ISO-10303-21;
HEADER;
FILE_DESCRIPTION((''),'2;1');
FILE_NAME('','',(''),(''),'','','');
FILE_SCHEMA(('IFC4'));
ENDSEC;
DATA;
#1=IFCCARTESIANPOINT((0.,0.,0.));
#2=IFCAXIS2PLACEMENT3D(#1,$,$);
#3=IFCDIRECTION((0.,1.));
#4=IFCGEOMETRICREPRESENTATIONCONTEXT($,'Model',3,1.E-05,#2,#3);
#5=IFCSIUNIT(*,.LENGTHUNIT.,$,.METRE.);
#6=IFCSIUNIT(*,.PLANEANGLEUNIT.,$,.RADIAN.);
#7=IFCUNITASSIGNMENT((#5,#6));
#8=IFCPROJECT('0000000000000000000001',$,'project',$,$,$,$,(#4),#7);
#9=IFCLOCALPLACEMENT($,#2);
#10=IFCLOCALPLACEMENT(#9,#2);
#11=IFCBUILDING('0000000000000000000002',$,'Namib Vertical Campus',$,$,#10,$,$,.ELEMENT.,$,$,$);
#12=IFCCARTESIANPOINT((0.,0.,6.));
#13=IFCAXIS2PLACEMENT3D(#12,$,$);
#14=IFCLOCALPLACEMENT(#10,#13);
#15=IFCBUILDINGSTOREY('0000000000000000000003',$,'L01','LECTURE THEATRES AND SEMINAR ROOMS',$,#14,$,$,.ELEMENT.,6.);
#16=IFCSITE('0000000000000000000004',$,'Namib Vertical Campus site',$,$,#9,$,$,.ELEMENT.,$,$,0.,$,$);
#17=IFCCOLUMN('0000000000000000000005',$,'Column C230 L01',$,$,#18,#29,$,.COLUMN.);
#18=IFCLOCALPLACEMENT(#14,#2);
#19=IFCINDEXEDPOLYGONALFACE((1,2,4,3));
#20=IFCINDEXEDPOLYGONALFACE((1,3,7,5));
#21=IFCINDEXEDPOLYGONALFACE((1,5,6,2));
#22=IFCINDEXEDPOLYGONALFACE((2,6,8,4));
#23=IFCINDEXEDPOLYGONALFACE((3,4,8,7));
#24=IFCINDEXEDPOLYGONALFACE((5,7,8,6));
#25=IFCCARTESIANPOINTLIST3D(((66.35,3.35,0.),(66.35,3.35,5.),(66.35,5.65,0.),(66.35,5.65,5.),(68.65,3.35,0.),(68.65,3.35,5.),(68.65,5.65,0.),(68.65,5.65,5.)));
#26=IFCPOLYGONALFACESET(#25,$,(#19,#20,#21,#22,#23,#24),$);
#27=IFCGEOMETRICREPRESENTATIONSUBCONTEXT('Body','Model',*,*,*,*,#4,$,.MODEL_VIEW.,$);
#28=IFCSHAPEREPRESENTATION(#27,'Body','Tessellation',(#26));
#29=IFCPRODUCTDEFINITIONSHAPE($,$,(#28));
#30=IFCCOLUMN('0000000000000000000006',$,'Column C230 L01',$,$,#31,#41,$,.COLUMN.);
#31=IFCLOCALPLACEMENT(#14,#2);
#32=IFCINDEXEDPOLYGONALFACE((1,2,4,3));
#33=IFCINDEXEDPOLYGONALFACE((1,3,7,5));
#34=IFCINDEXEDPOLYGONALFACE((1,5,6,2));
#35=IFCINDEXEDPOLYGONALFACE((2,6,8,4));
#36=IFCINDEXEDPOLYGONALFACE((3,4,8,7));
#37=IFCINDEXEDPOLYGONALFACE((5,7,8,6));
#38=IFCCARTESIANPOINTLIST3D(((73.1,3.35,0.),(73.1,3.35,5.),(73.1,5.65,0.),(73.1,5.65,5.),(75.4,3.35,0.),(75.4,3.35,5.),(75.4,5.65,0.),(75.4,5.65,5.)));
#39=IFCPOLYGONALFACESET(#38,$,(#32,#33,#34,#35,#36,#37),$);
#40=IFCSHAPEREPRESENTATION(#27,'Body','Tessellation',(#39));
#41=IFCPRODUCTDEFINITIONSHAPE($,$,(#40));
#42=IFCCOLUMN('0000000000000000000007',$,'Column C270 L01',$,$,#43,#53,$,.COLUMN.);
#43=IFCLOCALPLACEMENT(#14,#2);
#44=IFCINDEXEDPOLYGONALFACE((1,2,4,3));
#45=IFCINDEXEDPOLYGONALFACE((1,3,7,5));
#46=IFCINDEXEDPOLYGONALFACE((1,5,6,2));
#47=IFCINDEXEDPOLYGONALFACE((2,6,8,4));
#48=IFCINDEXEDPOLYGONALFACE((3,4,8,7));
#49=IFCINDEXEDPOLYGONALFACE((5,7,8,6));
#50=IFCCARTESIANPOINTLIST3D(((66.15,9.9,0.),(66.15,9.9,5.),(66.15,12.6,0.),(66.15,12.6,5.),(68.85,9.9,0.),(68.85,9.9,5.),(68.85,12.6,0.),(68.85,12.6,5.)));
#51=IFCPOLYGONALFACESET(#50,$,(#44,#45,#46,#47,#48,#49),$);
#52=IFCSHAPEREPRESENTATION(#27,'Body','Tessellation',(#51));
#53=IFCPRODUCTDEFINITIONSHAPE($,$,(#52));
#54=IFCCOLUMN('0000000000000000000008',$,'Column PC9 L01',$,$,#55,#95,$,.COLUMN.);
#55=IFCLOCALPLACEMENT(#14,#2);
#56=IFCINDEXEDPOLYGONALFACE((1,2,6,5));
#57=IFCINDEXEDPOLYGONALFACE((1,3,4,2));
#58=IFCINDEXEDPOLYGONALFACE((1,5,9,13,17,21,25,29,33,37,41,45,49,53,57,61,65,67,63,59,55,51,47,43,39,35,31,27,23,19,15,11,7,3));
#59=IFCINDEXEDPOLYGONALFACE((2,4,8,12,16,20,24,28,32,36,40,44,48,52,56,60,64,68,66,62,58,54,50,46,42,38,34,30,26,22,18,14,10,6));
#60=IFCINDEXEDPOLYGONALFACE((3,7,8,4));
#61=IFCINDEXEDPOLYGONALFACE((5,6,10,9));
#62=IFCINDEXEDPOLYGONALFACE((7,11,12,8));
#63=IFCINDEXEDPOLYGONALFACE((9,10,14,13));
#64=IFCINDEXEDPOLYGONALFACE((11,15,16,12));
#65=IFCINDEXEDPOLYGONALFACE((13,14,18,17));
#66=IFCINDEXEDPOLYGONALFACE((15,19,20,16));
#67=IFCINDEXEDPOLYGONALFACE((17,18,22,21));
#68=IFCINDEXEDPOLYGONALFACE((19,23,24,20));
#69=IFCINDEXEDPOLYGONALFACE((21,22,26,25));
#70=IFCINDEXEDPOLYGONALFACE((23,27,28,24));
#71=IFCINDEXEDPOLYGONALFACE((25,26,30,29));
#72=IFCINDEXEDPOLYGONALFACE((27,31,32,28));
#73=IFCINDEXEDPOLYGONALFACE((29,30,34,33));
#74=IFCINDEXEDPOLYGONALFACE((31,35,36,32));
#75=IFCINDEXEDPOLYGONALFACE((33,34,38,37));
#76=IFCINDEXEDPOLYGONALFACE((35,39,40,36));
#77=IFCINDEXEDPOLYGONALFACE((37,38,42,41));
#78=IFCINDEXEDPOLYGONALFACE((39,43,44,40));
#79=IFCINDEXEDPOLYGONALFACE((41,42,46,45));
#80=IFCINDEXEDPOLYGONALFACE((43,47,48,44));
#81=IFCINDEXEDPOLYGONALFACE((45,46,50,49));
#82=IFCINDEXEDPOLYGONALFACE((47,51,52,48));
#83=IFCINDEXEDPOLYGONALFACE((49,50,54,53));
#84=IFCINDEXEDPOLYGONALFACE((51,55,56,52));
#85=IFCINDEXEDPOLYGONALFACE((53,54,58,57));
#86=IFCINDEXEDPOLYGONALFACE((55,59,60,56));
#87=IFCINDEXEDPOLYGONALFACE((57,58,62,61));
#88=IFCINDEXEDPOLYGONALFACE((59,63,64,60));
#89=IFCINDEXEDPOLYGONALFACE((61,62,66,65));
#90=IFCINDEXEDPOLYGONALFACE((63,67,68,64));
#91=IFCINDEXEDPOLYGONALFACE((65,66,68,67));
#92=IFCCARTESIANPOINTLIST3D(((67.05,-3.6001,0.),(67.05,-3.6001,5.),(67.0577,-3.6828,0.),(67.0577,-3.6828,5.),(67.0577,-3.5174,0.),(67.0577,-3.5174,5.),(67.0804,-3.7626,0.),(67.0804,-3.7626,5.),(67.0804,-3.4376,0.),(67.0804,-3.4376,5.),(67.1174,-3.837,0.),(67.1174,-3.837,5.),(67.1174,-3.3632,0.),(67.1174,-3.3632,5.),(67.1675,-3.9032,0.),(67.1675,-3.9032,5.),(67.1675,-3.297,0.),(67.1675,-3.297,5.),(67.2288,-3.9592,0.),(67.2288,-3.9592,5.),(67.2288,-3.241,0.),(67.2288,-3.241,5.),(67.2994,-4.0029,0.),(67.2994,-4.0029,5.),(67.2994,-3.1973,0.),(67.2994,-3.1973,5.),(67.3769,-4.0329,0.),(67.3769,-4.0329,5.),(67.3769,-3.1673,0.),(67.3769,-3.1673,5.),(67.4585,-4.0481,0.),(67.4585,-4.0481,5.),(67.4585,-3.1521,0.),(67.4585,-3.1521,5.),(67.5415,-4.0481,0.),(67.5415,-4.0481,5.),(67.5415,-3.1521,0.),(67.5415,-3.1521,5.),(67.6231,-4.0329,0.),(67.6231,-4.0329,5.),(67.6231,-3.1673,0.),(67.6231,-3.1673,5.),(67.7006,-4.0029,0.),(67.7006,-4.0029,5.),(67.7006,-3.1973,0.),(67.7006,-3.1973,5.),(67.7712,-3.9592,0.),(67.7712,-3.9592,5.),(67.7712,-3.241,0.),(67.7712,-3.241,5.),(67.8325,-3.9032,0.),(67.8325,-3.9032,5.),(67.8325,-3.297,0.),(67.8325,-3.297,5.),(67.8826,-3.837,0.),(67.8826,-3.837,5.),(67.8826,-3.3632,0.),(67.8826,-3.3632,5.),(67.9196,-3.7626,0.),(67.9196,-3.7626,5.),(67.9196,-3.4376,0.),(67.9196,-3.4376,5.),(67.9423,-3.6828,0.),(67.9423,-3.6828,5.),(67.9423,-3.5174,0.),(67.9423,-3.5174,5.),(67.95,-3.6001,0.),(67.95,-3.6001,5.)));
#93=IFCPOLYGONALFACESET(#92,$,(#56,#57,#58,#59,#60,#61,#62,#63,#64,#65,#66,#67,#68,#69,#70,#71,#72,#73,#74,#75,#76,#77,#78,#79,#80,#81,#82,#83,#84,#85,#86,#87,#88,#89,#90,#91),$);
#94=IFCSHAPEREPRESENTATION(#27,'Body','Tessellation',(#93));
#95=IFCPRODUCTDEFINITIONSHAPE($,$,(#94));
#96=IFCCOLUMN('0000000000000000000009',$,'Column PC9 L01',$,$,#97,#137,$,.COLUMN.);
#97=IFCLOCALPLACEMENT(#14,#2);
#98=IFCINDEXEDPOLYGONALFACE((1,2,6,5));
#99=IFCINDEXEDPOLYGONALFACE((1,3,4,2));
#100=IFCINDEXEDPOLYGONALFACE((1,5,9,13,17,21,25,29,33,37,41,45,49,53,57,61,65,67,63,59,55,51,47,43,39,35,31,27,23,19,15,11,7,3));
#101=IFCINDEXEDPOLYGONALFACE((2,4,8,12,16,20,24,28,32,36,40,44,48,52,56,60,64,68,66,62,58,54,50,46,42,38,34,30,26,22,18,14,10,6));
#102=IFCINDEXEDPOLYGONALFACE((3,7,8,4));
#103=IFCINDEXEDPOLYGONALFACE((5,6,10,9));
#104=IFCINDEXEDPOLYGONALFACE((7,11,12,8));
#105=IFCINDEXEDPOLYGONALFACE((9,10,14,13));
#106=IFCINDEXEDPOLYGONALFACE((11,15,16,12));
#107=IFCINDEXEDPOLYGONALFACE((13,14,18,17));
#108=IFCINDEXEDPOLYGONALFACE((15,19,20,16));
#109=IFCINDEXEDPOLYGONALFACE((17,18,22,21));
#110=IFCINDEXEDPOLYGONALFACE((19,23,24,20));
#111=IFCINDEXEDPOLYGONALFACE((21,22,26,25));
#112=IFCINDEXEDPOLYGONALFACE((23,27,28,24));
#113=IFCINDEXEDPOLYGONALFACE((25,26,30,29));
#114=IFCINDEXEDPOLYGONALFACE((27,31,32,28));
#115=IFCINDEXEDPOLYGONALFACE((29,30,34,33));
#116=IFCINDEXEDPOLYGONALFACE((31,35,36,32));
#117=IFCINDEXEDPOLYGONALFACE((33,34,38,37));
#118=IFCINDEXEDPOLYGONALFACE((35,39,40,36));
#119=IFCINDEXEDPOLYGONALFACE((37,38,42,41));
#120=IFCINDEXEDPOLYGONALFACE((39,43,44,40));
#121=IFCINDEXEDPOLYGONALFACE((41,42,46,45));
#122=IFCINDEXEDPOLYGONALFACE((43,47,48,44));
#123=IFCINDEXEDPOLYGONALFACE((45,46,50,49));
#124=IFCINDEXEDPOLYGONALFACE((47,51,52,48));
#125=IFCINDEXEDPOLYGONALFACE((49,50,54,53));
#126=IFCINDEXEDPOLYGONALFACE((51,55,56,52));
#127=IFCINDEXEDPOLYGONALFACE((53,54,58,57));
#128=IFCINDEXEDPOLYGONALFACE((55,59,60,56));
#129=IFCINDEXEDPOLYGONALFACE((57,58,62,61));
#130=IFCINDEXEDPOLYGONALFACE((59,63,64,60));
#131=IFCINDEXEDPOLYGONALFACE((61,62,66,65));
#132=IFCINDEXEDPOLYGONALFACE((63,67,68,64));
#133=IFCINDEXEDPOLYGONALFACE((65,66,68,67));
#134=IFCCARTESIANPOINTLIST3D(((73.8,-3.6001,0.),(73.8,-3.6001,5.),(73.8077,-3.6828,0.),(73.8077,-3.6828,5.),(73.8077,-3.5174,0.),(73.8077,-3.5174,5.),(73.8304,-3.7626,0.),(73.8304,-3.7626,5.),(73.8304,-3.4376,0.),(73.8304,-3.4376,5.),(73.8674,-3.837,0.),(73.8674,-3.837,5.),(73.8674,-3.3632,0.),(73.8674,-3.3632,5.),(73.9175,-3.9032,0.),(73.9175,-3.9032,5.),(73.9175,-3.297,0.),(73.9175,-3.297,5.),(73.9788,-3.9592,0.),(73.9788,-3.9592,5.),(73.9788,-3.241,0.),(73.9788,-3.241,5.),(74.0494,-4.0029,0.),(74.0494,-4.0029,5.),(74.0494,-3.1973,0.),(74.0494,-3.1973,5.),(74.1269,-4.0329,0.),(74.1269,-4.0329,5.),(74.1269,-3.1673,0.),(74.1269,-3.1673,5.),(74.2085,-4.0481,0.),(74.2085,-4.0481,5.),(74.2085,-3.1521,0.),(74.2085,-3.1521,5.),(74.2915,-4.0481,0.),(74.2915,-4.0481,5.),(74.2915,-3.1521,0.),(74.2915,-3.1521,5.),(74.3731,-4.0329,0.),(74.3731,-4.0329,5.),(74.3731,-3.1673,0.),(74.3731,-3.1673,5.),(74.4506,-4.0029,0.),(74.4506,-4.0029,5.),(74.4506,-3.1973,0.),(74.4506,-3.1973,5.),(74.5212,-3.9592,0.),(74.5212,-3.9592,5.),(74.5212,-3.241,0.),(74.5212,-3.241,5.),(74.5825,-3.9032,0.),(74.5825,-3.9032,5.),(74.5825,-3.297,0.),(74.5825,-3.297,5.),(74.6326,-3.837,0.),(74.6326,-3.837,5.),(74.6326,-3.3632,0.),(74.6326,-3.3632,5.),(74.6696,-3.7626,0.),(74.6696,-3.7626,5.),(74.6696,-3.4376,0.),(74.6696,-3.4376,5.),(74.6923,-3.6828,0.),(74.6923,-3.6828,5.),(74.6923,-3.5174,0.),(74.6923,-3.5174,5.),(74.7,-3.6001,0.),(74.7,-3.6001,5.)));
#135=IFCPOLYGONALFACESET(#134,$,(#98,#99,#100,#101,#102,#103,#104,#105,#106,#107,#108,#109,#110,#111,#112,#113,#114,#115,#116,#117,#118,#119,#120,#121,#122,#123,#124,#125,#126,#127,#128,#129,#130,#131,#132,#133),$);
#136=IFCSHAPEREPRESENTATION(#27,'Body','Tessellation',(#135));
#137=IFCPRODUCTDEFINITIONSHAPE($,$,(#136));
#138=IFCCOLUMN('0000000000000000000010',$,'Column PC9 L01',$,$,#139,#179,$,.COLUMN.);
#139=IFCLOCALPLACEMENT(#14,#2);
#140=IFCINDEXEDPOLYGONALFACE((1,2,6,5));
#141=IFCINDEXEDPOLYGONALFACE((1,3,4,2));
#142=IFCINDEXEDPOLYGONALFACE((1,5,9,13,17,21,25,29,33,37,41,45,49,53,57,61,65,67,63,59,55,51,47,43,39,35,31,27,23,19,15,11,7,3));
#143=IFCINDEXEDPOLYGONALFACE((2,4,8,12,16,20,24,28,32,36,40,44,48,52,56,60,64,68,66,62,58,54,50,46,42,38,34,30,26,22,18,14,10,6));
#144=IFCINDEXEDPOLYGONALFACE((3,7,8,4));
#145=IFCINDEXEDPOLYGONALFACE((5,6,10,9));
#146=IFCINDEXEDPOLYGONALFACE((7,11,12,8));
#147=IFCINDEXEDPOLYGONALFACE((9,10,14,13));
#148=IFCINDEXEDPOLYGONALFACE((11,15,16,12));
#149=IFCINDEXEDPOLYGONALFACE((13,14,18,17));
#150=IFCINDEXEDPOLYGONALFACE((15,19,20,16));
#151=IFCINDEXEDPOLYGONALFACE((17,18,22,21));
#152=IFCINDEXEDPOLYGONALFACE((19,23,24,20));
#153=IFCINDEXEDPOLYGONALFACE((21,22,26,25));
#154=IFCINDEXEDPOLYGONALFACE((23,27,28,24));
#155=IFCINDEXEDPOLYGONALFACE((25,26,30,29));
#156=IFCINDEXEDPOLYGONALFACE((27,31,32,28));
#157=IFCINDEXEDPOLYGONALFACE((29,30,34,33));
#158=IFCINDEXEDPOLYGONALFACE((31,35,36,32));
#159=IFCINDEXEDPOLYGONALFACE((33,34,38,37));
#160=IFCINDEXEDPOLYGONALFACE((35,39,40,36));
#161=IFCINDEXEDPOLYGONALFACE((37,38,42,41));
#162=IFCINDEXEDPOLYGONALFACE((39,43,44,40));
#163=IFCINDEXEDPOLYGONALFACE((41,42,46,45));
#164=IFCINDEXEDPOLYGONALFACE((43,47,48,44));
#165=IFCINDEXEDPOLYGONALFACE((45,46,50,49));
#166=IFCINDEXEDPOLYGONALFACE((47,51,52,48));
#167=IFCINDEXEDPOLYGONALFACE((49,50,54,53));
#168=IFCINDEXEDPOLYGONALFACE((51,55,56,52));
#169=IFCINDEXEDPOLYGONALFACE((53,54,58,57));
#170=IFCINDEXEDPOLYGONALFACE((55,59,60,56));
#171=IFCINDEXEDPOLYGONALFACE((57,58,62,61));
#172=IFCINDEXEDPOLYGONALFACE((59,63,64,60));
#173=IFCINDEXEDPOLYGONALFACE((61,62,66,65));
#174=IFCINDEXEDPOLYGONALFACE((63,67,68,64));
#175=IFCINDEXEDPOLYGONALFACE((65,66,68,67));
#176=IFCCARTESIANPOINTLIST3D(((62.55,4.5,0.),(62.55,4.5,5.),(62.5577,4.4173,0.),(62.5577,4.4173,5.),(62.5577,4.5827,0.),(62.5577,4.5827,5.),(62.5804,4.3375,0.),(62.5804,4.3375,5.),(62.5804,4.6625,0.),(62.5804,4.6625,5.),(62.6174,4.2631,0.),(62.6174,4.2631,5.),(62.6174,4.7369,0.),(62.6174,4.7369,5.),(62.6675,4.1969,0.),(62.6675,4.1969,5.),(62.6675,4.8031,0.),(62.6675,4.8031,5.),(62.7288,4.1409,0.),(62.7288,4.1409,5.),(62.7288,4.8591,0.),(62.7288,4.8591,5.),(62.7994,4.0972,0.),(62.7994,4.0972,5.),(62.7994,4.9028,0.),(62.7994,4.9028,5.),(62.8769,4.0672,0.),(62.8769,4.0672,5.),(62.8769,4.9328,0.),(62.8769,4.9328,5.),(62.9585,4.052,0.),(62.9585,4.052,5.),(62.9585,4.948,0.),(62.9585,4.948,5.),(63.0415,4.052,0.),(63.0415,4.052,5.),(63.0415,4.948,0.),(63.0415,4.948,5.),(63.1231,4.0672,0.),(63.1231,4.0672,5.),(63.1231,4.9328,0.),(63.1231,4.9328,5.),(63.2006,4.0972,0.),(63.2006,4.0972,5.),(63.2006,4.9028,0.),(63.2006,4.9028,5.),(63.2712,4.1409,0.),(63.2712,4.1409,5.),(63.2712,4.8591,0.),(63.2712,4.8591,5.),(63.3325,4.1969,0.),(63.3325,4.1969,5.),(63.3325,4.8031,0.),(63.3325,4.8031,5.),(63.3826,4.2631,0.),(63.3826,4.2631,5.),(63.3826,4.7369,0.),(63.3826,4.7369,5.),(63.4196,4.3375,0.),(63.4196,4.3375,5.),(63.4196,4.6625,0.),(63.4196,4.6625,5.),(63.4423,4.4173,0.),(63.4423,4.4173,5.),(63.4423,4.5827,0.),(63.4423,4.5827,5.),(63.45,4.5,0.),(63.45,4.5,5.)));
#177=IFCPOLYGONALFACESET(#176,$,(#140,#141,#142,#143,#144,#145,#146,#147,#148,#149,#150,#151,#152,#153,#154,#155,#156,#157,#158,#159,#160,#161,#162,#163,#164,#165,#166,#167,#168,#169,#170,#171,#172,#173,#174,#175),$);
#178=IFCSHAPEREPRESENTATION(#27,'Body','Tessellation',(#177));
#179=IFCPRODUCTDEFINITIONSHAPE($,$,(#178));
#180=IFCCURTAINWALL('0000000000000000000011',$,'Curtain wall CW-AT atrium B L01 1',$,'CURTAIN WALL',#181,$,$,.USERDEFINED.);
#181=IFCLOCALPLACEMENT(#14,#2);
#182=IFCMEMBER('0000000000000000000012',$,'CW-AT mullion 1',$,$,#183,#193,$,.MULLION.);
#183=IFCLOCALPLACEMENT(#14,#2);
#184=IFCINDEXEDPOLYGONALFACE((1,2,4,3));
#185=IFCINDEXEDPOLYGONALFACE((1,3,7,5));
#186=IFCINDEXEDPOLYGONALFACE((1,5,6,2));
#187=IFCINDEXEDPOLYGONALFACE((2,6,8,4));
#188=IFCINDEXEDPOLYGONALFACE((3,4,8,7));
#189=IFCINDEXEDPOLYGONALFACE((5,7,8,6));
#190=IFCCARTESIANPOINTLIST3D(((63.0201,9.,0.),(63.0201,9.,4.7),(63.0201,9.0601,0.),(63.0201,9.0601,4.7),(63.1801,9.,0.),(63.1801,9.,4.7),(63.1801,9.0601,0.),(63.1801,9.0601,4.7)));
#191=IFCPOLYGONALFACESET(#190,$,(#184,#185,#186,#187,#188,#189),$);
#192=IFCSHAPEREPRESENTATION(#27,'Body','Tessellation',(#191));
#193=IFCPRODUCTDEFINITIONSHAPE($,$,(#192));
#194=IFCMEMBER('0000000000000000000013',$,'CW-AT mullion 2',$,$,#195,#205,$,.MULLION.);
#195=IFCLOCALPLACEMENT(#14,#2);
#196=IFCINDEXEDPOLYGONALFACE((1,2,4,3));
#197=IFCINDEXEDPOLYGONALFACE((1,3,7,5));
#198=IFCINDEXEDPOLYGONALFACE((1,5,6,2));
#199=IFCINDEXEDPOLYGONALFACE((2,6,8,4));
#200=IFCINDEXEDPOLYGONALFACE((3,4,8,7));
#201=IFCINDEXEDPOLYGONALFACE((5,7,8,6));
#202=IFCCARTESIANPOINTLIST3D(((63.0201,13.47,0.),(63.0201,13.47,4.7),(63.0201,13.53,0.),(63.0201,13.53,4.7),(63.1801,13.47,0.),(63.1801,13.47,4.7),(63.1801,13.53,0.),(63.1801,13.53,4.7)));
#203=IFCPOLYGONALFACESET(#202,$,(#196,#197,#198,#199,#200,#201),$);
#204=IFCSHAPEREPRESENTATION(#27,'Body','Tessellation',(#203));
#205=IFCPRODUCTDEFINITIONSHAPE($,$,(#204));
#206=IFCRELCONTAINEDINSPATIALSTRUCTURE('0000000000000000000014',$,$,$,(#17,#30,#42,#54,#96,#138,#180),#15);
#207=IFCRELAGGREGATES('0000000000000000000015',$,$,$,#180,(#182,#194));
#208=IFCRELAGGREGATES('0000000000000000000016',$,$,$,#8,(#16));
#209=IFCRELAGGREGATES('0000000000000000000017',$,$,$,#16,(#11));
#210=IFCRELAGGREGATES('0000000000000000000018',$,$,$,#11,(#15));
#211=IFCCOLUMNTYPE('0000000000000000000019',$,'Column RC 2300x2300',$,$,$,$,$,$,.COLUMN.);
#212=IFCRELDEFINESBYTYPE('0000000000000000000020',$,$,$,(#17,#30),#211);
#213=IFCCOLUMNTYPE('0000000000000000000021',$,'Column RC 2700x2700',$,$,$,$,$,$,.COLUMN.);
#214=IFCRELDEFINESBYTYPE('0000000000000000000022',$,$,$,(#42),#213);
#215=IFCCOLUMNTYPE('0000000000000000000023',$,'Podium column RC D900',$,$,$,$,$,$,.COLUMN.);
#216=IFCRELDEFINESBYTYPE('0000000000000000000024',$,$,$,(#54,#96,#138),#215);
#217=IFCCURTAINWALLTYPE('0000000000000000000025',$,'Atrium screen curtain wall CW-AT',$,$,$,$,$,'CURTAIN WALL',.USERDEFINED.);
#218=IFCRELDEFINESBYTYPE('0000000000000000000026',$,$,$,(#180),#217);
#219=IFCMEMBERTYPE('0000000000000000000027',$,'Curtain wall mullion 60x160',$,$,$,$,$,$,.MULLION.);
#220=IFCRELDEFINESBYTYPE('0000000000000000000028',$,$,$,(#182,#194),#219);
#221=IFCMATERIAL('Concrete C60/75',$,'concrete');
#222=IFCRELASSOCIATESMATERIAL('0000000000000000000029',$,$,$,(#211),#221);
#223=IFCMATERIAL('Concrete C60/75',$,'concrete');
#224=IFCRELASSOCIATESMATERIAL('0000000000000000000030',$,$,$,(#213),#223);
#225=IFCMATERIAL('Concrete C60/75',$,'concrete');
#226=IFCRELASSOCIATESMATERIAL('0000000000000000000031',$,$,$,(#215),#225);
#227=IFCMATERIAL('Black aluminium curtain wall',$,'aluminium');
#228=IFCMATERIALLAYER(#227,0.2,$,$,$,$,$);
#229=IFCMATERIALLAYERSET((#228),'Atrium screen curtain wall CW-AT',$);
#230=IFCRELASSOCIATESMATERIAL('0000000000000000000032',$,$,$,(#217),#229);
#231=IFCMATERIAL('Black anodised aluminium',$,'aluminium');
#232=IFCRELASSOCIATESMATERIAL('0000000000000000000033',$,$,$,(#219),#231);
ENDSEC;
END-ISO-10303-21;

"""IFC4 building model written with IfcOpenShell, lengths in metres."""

from ifc_helpers import new_model, si_unit, direction, frame, origin, origin_2d, place, context, subcontext, project, spatial, rectangle, circle, extrude, material, layer, layer_set, material_profile, profile_set, type_object, element, aggregate, save


model = new_model("IFC4")

# Units and contexts
model_context = context("Model", 3, precision=1e-05, world=origin(), true_north=direction((0.0, 1.0)))
body_context = subcontext(model_context, "Body", "Model", "MODEL_VIEW")
ifc_project = project(units=[si_unit("LENGTHUNIT", "METRE"), si_unit("PLANEANGLEUNIT", "RADIAN")], contexts=[model_context])

# Site, building, storey
site_placement = place(None, origin())
site = spatial("IfcSite", under=ifc_project, at=site_placement, Name="Namib Vertical Campus site", CompositionType="ELEMENT", RefElevation=0.0)
building_placement = place(site_placement, origin())
building = spatial("IfcBuilding", under=site, at=building_placement, Name="Namib Vertical Campus", CompositionType="ELEMENT")
storey_placement = place(building_placement, frame((0.0, 0.0, 6.0)))
storey = spatial("IfcBuildingStorey", under=building, at=storey_placement, Name="L01", Description="LECTURE THEATRES AND SEMINAR ROOMS", CompositionType="ELEMENT", Elevation=6.0)

# Columns
ifc_material_1 = material(Name="Concrete C60/75", Category="concrete")
ifc_material_profile_1 = material_profile(ifc_material_1, rectangle(XDim=2.3, YDim=2.3, at=origin_2d()))
ifc_profile_set_1 = profile_set([ifc_material_profile_1], Name="Concrete C60/75")
column_type_1 = type_object("IfcColumnType", Name="Column RC 2300x2300", PredefinedType="COLUMN", material=ifc_profile_set_1)
for number, where, z_axis, x_axis, name in (
    (1, (67.5, 4.5, 0.0), (0.0, 0.0, 1.0), (1.0, 0.0, 0.0), "Column C230 L01"),
    (2, (74.25, 4.5, 0.0), (0.0, 0.0, 1.0), (1.0, 0.0, 0.0), "Column C230 L01"),
):
    element("IfcColumn", number, at=place(storey_placement, frame(where, z_axis=z_axis, x_axis=x_axis)), inside=storey, type_object=column_type_1, Name=name, PredefinedType="COLUMN", context=body_context, shape_type="SweptSolid", body=[
        extrude(rectangle(XDim=2.3, YDim=2.3, at=origin_2d()), origin(), (0.0, 0.0, 1.0), 5.0),
    ])
ifc_material_2 = material(Name="Concrete C60/75", Category="concrete")
ifc_material_profile_2 = material_profile(ifc_material_2, rectangle(XDim=2.7, YDim=2.7, at=origin_2d()))
ifc_profile_set_2 = profile_set([ifc_material_profile_2], Name="Concrete C60/75")
column_type_2 = type_object("IfcColumnType", Name="Column RC 2700x2700", PredefinedType="COLUMN", material=ifc_profile_set_2)
column_placement = place(storey_placement, frame((67.5, 11.25, 0.0), z_axis=(0.0, 0.0, 1.0), x_axis=(1.0, 0.0, 0.0)))
element("IfcColumn", 3, at=column_placement, inside=storey, type_object=column_type_2, Name="Column C270 L01", PredefinedType="COLUMN", context=body_context, shape_type="SweptSolid", body=[
    extrude(rectangle(XDim=2.7, YDim=2.7, at=origin_2d()), origin(), (0.0, 0.0, 1.0), 5.0),
])
ifc_material_3 = material(Name="Concrete C60/75", Category="concrete")
ifc_material_profile_3 = material_profile(ifc_material_3, circle(Radius=0.45, at=origin_2d()))
ifc_profile_set_3 = profile_set([ifc_material_profile_3], Name="Concrete C60/75")
column_type_3 = type_object("IfcColumnType", Name="Podium column RC D900", PredefinedType="COLUMN", material=ifc_profile_set_3)
for number, where, z_axis, x_axis, name in (
    (4, (67.5, -3.6001, 0.0), (0.0, 0.0, 1.0), (1.0, 0.0, 0.0), "Column PC9 L01"),
    (5, (74.25, -3.6001, 0.0), (0.0, 0.0, 1.0), (1.0, 0.0, 0.0), "Column PC9 L01"),
    (6, (63.0, 4.5, 0.0), (0.0, 0.0, 1.0), (1.0, 0.0, 0.0), "Column PC9 L01"),
):
    element("IfcColumn", number, at=place(storey_placement, frame(where, z_axis=z_axis, x_axis=x_axis)), inside=storey, type_object=column_type_3, Name=name, PredefinedType="COLUMN", context=body_context, shape_type="SweptSolid", body=[
        extrude(circle(Radius=0.45, at=origin_2d()), origin(), (0.0, 0.0, 1.0), 5.0),
    ])

# Curtain wall, members
ifc_material_4 = material(Name="Black aluminium curtain wall", Category="aluminium")
ifc_layer_1 = layer(ifc_material_4, 0.2)
ifc_layer_set_1 = layer_set([ifc_layer_1], Name="Atrium screen curtain wall CW-AT")
curtain_wall_type = type_object("IfcCurtainWallType", Name="Atrium screen curtain wall CW-AT", ElementType="CURTAIN WALL", PredefinedType="USERDEFINED", material=ifc_layer_set_1)
curtain_wall_placement = place(storey_placement, origin())
curtain_wall = element("IfcCurtainWall", 7, at=curtain_wall_placement, inside=storey, type_object=curtain_wall_type, Name="Curtain wall CW-AT atrium B L01 1", ObjectType="CURTAIN WALL", PredefinedType="USERDEFINED")
ifc_material_5 = material(Name="Black anodised aluminium", Category="aluminium")
ifc_material_profile_4 = material_profile(ifc_material_5, rectangle(XDim=0.0601, YDim=0.1599, at=origin_2d()))
ifc_profile_set_4 = profile_set([ifc_material_profile_4], Name="Black anodised aluminium")
member_type_1 = type_object("IfcMemberType", Name="Curtain wall mullion 60x160", PredefinedType="MULLION", material=ifc_profile_set_4)
member_1_placement = place(storey_placement, frame((63.1001, 9.03, 0.0), z_axis=(0.0, 0.0, 1.0), x_axis=(0.0, 1.0, 0.0)))
member_1 = element("IfcMember", 8, at=member_1_placement, type_object=member_type_1, Name="CW-AT mullion 1", PredefinedType="MULLION", context=body_context, shape_type="SweptSolid", body=[
    extrude(rectangle(XDim=0.0601, YDim=0.1599, at=origin_2d()), origin(), (0.0, 0.0, 1.0), 4.7),
])
member_2_placement = place(storey_placement, frame((63.1001, 13.5, 0.0), z_axis=(0.0, 0.0, 1.0), x_axis=(0.0, 1.0, 0.0)))
member_2 = element("IfcMember", 9, at=member_2_placement, type_object=member_type_1, Name="CW-AT mullion 2", PredefinedType="MULLION", context=body_context, shape_type="SweptSolid", body=[
    extrude(rectangle(XDim=0.0601, YDim=0.1599, at=origin_2d()), origin(), (0.0, 0.0, 1.0), 4.7),
])

aggregate(curtain_wall, [member_1, member_2])

save(model, "model.ifc")
